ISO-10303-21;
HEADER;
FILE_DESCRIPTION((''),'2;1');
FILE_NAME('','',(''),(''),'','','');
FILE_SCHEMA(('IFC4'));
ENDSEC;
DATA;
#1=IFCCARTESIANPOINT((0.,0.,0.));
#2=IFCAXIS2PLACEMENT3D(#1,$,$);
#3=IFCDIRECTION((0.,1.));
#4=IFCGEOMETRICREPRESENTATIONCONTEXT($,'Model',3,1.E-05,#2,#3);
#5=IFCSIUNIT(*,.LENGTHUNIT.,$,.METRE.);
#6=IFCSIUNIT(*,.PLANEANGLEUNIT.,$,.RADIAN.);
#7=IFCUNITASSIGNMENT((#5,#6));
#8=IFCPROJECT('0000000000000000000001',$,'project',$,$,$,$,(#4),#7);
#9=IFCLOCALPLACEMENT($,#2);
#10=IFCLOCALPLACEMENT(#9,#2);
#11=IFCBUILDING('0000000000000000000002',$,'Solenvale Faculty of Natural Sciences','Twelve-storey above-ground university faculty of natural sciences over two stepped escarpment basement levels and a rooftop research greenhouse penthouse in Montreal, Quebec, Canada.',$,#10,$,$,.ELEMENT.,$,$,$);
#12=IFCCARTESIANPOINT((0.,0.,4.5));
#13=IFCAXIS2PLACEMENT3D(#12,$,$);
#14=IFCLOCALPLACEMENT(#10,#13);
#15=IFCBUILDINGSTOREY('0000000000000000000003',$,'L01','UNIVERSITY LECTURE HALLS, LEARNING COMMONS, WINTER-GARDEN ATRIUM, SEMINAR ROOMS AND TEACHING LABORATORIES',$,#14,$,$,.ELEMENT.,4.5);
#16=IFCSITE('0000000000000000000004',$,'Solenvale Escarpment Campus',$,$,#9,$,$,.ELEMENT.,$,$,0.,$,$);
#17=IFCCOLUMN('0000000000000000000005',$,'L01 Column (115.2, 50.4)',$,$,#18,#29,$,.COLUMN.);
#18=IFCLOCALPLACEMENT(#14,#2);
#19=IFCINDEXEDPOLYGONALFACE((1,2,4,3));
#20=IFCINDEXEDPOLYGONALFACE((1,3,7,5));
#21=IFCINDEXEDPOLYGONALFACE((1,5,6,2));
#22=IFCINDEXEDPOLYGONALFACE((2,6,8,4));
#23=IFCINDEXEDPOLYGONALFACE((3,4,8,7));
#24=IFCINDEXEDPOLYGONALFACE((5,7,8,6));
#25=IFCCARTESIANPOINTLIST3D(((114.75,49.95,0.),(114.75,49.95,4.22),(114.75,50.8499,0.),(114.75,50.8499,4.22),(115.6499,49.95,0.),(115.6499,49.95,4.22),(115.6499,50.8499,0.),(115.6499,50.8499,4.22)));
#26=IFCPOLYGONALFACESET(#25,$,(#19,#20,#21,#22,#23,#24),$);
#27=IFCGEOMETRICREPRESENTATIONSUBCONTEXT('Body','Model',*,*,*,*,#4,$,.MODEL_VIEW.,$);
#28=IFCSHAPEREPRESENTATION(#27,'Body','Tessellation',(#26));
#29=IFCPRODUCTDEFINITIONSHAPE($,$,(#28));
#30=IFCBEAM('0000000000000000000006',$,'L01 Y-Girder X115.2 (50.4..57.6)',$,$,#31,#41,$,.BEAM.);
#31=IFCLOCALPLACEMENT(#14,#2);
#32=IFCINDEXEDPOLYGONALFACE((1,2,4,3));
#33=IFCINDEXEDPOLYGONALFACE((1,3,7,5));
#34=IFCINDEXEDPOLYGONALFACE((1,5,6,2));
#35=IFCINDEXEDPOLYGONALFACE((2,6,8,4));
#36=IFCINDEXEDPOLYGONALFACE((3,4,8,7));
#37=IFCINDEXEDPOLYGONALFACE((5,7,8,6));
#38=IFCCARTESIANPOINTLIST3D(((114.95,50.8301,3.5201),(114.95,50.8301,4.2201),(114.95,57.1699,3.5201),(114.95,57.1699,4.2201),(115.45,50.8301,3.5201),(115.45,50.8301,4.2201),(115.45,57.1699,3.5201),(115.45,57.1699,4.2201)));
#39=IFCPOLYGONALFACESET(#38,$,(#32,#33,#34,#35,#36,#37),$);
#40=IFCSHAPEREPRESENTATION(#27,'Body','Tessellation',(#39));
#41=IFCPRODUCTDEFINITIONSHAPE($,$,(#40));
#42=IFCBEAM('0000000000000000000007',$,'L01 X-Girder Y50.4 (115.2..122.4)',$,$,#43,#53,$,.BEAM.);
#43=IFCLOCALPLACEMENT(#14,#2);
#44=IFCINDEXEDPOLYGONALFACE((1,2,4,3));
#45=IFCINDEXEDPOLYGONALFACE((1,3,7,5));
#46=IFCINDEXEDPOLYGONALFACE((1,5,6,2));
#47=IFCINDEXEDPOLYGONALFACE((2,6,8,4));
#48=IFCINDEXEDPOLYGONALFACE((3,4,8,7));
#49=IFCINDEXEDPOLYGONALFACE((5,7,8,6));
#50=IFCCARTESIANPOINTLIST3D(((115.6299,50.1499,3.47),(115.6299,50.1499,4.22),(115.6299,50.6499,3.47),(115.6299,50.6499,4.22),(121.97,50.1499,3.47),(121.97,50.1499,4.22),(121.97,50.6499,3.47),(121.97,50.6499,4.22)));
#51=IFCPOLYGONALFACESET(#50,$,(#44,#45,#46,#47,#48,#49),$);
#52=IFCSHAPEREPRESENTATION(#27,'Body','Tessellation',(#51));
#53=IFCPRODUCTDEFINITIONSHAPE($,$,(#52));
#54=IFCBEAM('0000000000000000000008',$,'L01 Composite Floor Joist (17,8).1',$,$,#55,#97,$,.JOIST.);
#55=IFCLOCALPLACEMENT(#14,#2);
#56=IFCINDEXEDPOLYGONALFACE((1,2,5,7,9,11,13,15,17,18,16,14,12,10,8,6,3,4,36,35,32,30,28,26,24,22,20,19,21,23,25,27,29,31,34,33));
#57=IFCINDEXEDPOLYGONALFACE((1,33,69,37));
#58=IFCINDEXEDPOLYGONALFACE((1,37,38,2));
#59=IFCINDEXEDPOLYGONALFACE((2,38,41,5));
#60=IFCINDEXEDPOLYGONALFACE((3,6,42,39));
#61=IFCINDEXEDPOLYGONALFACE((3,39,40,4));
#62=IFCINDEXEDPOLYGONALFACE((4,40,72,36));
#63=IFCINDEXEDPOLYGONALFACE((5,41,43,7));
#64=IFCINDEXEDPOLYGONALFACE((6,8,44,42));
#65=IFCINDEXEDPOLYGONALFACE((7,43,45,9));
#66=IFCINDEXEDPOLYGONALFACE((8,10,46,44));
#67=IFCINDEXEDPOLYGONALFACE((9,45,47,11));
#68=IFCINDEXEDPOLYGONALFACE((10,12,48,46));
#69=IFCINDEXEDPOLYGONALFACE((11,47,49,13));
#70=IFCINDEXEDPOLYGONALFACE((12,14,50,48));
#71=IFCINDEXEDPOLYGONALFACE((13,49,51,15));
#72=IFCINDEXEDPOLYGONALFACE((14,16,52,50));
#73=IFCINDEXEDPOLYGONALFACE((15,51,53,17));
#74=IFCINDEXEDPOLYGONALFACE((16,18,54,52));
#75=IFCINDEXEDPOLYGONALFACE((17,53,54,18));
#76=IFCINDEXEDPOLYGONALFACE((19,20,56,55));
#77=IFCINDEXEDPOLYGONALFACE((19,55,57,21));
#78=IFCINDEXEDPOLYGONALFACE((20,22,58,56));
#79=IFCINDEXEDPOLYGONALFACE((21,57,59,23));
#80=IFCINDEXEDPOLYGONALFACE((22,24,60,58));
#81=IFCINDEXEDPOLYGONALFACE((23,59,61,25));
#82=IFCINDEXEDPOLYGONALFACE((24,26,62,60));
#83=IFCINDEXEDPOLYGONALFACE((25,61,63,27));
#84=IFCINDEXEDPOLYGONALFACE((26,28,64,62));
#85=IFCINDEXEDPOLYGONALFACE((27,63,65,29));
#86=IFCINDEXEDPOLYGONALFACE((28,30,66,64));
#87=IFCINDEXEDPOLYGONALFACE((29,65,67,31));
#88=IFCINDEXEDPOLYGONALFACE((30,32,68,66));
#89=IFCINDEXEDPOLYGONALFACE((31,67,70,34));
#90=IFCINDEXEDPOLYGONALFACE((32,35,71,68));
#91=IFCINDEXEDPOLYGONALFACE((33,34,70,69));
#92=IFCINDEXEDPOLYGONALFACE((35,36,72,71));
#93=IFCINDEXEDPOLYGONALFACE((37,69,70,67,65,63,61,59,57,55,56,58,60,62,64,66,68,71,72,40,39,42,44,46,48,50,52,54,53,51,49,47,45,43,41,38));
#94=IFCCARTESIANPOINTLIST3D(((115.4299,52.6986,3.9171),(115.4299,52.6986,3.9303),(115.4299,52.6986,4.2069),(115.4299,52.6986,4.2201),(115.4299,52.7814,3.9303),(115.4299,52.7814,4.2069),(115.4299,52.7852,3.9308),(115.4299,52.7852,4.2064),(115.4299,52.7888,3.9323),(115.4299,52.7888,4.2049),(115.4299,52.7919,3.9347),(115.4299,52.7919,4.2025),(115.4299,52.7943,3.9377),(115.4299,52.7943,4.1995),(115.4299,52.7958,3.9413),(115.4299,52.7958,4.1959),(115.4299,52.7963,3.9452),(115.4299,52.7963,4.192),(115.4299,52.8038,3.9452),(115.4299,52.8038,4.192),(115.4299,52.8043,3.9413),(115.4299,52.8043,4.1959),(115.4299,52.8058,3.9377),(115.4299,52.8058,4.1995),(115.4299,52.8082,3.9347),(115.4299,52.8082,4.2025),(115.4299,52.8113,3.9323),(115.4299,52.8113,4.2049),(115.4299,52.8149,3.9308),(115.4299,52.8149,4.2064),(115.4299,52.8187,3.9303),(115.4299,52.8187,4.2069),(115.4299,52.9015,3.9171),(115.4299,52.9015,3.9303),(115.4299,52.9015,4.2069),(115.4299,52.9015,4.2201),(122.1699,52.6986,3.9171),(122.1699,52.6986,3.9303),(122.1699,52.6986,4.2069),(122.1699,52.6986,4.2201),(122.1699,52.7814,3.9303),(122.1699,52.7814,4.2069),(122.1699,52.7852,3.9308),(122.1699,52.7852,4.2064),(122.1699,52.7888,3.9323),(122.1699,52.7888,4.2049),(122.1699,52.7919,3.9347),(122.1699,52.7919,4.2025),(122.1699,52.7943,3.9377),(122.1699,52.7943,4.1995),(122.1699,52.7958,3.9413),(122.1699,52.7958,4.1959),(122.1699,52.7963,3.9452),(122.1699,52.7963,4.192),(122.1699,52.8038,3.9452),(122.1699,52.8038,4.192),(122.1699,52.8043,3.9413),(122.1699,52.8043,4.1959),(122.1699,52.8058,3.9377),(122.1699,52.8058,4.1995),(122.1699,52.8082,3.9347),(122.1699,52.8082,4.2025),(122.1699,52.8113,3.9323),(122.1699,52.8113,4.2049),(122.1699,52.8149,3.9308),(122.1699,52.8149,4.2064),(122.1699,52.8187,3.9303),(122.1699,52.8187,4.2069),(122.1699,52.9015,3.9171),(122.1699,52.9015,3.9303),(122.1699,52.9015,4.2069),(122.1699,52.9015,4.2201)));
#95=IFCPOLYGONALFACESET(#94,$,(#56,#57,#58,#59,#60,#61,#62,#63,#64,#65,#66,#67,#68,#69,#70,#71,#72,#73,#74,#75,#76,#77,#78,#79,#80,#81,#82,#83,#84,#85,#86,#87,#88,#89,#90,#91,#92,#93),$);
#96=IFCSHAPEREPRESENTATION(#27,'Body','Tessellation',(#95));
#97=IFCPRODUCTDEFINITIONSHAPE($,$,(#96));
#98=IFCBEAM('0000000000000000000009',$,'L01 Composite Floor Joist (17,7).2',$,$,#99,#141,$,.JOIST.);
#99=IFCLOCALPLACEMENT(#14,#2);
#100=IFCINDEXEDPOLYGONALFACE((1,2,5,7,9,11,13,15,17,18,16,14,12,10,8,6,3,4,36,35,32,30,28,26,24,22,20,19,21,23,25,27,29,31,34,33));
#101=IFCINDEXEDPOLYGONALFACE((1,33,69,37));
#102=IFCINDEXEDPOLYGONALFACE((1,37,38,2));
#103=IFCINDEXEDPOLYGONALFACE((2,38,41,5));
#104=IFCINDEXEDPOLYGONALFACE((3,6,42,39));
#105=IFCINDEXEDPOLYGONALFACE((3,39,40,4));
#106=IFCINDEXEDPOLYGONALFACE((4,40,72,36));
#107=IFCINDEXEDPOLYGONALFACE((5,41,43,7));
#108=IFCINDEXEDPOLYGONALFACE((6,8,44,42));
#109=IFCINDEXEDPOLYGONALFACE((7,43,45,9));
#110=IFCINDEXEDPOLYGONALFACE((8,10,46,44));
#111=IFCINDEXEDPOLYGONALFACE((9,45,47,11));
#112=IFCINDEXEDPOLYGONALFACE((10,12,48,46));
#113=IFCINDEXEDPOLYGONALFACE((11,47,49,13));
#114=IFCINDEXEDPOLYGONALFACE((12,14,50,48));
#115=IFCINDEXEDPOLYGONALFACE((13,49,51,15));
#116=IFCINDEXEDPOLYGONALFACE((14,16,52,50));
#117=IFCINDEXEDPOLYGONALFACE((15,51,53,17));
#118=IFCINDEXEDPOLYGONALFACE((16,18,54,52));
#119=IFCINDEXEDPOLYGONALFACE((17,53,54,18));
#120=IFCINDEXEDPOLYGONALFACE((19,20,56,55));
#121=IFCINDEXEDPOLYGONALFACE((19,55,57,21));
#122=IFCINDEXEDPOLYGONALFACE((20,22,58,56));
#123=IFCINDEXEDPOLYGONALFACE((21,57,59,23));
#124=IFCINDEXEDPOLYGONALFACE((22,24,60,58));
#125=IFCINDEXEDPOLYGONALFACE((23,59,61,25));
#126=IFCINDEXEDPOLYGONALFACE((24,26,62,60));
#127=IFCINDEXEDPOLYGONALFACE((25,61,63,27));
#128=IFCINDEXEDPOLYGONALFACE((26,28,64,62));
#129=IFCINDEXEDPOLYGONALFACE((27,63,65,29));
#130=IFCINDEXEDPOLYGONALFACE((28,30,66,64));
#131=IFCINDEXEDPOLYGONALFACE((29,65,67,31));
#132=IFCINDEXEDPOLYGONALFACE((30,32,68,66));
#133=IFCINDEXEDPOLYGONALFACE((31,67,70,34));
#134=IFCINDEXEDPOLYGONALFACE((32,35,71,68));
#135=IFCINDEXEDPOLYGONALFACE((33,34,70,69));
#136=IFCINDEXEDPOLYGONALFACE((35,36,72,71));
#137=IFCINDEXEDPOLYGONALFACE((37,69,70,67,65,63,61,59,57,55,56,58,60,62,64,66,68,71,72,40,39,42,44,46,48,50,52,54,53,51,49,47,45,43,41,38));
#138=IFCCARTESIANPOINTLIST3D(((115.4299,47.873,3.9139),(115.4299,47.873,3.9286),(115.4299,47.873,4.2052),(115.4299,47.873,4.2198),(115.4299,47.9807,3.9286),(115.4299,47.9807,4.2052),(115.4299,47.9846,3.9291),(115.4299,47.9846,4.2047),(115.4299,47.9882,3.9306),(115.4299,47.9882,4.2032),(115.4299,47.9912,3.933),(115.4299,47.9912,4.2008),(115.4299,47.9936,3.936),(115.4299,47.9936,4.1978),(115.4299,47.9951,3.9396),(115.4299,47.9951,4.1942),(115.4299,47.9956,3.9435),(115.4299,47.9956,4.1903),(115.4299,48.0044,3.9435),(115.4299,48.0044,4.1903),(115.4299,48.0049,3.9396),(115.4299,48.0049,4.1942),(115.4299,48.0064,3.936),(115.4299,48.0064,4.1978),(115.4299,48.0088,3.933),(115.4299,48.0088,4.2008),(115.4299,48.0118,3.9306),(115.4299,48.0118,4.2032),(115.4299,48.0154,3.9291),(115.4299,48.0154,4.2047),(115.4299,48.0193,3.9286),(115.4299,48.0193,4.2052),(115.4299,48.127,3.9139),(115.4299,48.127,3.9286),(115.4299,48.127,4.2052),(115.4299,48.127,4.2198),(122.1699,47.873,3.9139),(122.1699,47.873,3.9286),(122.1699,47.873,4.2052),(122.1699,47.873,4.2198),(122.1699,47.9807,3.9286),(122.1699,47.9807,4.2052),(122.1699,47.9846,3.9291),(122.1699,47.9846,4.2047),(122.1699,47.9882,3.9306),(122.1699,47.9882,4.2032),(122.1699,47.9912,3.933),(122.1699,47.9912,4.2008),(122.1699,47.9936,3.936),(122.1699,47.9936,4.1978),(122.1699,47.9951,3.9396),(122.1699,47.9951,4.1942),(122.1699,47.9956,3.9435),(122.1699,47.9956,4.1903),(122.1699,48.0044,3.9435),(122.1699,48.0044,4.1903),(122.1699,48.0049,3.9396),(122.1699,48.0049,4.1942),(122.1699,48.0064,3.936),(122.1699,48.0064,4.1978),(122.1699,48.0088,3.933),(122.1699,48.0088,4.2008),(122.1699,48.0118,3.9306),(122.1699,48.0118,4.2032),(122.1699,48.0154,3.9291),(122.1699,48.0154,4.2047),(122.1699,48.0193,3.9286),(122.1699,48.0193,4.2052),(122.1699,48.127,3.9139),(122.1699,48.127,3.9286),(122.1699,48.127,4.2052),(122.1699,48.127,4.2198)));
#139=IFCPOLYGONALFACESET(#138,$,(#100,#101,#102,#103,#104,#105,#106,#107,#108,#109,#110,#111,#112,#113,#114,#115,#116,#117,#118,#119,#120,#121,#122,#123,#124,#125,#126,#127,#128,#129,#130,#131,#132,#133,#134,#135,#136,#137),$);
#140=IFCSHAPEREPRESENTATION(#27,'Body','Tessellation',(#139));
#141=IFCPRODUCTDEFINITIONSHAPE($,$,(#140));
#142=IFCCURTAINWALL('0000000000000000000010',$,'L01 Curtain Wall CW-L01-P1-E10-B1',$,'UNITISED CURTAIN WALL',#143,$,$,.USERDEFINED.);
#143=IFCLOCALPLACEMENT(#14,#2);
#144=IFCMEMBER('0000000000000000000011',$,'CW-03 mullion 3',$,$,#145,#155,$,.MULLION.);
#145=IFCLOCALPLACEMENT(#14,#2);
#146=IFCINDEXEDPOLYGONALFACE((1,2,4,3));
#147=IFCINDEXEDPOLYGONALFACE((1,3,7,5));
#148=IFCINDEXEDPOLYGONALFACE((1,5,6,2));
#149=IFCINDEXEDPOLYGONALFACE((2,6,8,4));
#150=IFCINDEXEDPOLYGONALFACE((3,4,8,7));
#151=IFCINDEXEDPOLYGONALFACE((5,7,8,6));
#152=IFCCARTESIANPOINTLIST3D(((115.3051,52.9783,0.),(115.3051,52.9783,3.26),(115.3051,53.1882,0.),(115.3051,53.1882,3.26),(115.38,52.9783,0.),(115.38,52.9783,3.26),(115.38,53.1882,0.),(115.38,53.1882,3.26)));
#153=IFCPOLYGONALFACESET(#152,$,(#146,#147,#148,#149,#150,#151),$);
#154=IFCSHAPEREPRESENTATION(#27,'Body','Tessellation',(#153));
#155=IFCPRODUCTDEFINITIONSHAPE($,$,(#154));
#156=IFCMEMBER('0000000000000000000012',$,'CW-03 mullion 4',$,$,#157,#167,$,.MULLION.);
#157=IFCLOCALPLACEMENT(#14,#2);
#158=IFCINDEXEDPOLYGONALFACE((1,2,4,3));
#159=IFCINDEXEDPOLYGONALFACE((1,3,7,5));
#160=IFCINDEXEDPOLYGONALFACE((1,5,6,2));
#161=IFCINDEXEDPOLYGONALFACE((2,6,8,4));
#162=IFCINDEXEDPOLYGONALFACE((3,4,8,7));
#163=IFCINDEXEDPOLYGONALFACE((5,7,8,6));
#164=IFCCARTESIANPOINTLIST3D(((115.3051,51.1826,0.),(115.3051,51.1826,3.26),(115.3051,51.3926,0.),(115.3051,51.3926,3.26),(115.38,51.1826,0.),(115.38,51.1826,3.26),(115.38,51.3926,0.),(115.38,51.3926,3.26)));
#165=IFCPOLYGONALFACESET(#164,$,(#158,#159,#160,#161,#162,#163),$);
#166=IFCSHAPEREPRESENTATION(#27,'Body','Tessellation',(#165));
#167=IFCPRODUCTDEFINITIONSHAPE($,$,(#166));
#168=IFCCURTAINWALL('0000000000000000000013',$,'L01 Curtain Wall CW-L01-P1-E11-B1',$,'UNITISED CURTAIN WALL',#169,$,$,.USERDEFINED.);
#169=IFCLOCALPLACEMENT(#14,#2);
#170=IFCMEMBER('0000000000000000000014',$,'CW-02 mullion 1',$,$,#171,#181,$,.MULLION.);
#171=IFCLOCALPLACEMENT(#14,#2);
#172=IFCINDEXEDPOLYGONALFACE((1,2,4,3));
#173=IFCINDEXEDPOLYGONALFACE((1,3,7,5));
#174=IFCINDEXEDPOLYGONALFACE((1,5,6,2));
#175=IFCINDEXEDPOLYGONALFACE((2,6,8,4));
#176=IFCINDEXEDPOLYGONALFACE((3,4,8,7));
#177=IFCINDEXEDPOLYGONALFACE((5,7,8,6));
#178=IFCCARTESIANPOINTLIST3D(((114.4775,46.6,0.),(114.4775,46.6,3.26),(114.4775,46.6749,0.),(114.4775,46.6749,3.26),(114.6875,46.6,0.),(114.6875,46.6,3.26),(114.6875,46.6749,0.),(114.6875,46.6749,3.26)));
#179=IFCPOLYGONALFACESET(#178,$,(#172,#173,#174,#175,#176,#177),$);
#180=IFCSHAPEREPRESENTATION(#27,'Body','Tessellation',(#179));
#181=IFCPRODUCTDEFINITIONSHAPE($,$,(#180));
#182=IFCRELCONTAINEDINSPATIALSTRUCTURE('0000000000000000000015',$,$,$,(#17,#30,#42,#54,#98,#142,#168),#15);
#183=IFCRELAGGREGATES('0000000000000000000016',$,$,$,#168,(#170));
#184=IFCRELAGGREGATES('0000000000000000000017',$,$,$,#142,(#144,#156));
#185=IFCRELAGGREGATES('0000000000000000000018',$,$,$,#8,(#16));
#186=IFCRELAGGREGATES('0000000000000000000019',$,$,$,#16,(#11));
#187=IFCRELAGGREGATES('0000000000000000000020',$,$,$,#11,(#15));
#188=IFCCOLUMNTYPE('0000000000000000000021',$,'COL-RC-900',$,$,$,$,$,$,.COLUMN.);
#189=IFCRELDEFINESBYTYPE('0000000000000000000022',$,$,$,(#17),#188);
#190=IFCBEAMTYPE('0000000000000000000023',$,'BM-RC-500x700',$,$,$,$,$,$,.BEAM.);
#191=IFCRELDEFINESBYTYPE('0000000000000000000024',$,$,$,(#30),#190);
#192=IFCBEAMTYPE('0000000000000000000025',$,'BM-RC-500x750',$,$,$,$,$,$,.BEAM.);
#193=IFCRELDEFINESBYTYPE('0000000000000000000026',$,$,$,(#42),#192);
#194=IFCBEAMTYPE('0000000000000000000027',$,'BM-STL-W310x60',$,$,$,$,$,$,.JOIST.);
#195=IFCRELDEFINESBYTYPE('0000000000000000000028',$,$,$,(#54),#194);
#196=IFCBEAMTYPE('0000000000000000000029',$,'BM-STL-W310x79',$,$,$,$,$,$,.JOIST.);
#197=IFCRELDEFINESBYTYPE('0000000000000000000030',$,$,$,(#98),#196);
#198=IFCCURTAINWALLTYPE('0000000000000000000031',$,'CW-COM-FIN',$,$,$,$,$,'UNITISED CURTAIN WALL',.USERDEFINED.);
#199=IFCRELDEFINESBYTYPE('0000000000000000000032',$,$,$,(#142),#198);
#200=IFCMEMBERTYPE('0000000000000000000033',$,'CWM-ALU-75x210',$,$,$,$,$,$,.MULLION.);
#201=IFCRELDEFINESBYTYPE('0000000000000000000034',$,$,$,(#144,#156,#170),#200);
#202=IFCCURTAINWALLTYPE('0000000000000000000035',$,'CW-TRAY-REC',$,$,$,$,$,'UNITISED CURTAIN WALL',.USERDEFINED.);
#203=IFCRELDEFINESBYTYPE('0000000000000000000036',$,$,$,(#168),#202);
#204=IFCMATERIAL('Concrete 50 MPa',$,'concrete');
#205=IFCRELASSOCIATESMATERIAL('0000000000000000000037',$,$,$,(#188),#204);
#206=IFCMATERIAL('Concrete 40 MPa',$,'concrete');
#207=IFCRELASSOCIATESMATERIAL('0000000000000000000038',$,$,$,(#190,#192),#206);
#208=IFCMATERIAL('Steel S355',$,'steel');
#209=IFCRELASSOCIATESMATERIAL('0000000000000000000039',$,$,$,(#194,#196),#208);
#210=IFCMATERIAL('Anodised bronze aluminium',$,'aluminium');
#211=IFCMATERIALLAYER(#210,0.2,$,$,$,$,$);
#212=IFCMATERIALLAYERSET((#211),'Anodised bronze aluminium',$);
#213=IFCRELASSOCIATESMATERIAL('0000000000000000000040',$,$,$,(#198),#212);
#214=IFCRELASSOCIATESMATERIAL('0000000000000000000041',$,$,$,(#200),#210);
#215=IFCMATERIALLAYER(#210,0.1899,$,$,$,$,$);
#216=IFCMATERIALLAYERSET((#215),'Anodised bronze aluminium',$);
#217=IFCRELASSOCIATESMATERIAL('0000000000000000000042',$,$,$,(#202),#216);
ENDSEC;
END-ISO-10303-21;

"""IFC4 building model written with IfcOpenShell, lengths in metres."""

from ifc_helpers import new_model, si_unit, direction, frame, origin, origin_2d, place, context, subcontext, project, spatial, rectangle, i_section, extrude, material, layer, layer_set, material_profile, profile_set, type_object, element, aggregate, save


model = new_model("IFC4")

# Units and contexts
model_context = context("Model", 3, precision=1e-05, world=origin(), true_north=direction((0.0, 1.0)))
body_context = subcontext(model_context, "Body", "Model", "MODEL_VIEW")
ifc_project = project(units=[si_unit("LENGTHUNIT", "METRE"), si_unit("PLANEANGLEUNIT", "RADIAN")], contexts=[model_context])

# Site, building, storey
site_placement = place(None, origin())
site = spatial("IfcSite", under=ifc_project, at=site_placement, Name="Solenvale Escarpment Campus", CompositionType="ELEMENT", RefElevation=0.0)
building_placement = place(site_placement, origin())
building = spatial("IfcBuilding", under=site, at=building_placement, Name="Solenvale Faculty of Natural Sciences", Description="Twelve-storey above-ground university faculty of natural sciences over two stepped escarpment basement levels and a rooftop research greenhouse penthouse in Montreal, Quebec, Canada.", CompositionType="ELEMENT")
storey_placement = place(building_placement, frame((0.0, 0.0, 4.5)))
storey = spatial("IfcBuildingStorey", under=building, at=storey_placement, Name="L01", Description="UNIVERSITY LECTURE HALLS, LEARNING COMMONS, WINTER-GARDEN ATRIUM, SEMINAR ROOMS AND TEACHING LABORATORIES", CompositionType="ELEMENT", Elevation=4.5)

# Column
ifc_material_1 = material(Name="Concrete 50 MPa", Category="concrete")
ifc_material_profile_1 = material_profile(ifc_material_1, rectangle(XDim=0.8999, YDim=0.8999, at=origin_2d()), Name="RC-COL-900x900")
ifc_profile_set_1 = profile_set([ifc_material_profile_1], Name="Concrete 50 MPa")
column_type = type_object("IfcColumnType", Name="COL-RC-900", PredefinedType="COLUMN", material=ifc_profile_set_1)
column_placement = place(storey_placement, frame((115.2, 50.3999, 0.0), z_axis=(0.0, 0.0, 1.0), x_axis=(1.0, 0.0, 0.0)))
element("IfcColumn", 1, at=column_placement, inside=storey, type_object=column_type, Name="L01 Column (115.2, 50.4)", PredefinedType="COLUMN", context=body_context, shape_type="SweptSolid", body=[
    extrude(rectangle(XDim=0.8999, YDim=0.8999, at=origin_2d()), origin(), (0.0, 0.0, 1.0), 4.22),
])

# Beams
ifc_material_2 = material(Name="Concrete 40 MPa", Category="concrete")
ifc_material_profile_2 = material_profile(ifc_material_2, rectangle(XDim=0.5, YDim=0.7, at=origin_2d()), Name="RC-BM-500x700")
ifc_profile_set_2 = profile_set([ifc_material_profile_2], Name="Concrete 40 MPa")
beam_type_1 = type_object("IfcBeamType", Name="BM-RC-500x700", PredefinedType="BEAM", material=ifc_profile_set_2)
beam_1_placement = place(storey_placement, frame((115.2, 50.8301, 3.8701), z_axis=(0.0, 1.0, 0.0), x_axis=(-1.0, 0.0, 0.0)))
element("IfcBeam", 2, at=beam_1_placement, inside=storey, type_object=beam_type_1, Name="L01 Y-Girder X115.2 (50.4..57.6)", PredefinedType="BEAM", context=body_context, shape_type="SweptSolid", body=[
    extrude(rectangle(XDim=0.5, YDim=0.7, at=origin_2d()), origin(), (0.0, 0.0, 1.0), 6.3398),
])
ifc_material_profile_3 = material_profile(ifc_material_2, rectangle(XDim=0.5, YDim=0.75, at=origin_2d()), Name="RC-BM-500x750")
ifc_profile_set_3 = profile_set([ifc_material_profile_3], Name="Concrete 40 MPa")
beam_type_2 = type_object("IfcBeamType", Name="BM-RC-500x750", PredefinedType="BEAM", material=ifc_profile_set_3)
beam_2_placement = place(storey_placement, frame((115.6299, 50.3999, 3.845), z_axis=(1.0, 0.0, 0.0), x_axis=(0.0, 1.0, 0.0)))
element("IfcBeam", 3, at=beam_2_placement, inside=storey, type_object=beam_type_2, Name="L01 X-Girder Y50.4 (115.2..122.4)", PredefinedType="BEAM", context=body_context, shape_type="SweptSolid", body=[
    extrude(rectangle(XDim=0.5, YDim=0.75, at=origin_2d()), origin(), (0.0, 0.0, 1.0), 6.3401),
])
ifc_material_3 = material(Name="Steel S355", Category="steel")
ifc_material_profile_4 = material_profile(ifc_material_3, i_section(OverallWidth=0.2029, OverallDepth=0.303, WebThickness=0.0076, FlangeThickness=0.0132, FilletRadius=0.0149, at=origin_2d()), Name="W310x60")
ifc_profile_set_4 = profile_set([ifc_material_profile_4], Name="Steel S355")
beam_type_3 = type_object("IfcBeamType", Name="BM-STL-W310x60", PredefinedType="JOIST", material=ifc_profile_set_4)
beam_3_placement = place(storey_placement, frame((115.4299, 52.8, 4.0686), z_axis=(1.0, 0.0, 0.0), x_axis=(0.0, 1.0, 0.0)))
element("IfcBeam", 4, at=beam_3_placement, inside=storey, type_object=beam_type_3, Name="L01 Composite Floor Joist (17,8).1", PredefinedType="JOIST", context=body_context, shape_type="SweptSolid", body=[
    extrude(i_section(OverallWidth=0.2029, OverallDepth=0.303, WebThickness=0.0076, FlangeThickness=0.0132, FilletRadius=0.0149, at=origin_2d()), origin(), (0.0, 0.0, 1.0), 6.74),
])
ifc_material_profile_5 = material_profile(ifc_material_3, i_section(OverallWidth=0.2539, OverallDepth=0.3059, WebThickness=0.0088, FlangeThickness=0.0146, FilletRadius=0.0149, at=origin_2d()), Name="W310x79")
ifc_profile_set_5 = profile_set([ifc_material_profile_5], Name="Steel S355")
beam_type_4 = type_object("IfcBeamType", Name="BM-STL-W310x79", PredefinedType="JOIST", material=ifc_profile_set_5)
beam_4_placement = place(storey_placement, frame((115.4299, 48.0, 4.0669), z_axis=(1.0, 0.0, 0.0), x_axis=(0.0, 1.0, 0.0)))
element("IfcBeam", 5, at=beam_4_placement, inside=storey, type_object=beam_type_4, Name="L01 Composite Floor Joist (17,7).2", PredefinedType="JOIST", context=body_context, shape_type="SweptSolid", body=[
    extrude(i_section(OverallWidth=0.2539, OverallDepth=0.3059, WebThickness=0.0088, FlangeThickness=0.0146, FilletRadius=0.0149, at=origin_2d()), origin(), (0.0, 0.0, 1.0), 6.74),
])

# Curtain wall, members
ifc_material_4 = material(Name="Anodised bronze aluminium", Category="aluminium")
ifc_layer_1 = layer(ifc_material_4, 0.2)
ifc_layer_set_1 = layer_set([ifc_layer_1], Name="Anodised bronze aluminium")
curtain_wall_type_1 = type_object("IfcCurtainWallType", Name="CW-COM-FIN", ElementType="UNITISED CURTAIN WALL", PredefinedType="USERDEFINED", material=ifc_layer_set_1)
curtain_wall_1_placement = place(storey_placement, origin())
curtain_wall_1 = element("IfcCurtainWall", 6, at=curtain_wall_1_placement, inside=storey, type_object=curtain_wall_type_1, Name="L01 Curtain Wall CW-L01-P1-E10-B1", ObjectType="UNITISED CURTAIN WALL", PredefinedType="USERDEFINED")
ifc_material_profile_6 = material_profile(ifc_material_4, rectangle(XDim=0.075, YDim=0.21, at=origin_2d()), Name="ALU-MUL-75x210")
ifc_profile_set_6 = profile_set([ifc_material_profile_6], Name="Anodised bronze aluminium")
member_type_1 = type_object("IfcMemberType", Name="CWM-ALU-75x210", PredefinedType="MULLION", material=ifc_profile_set_6)
member_1_placement = place(storey_placement, frame((115.3425, 53.0833, 0.0), z_axis=(0.0, 0.0, 1.0), x_axis=(1.0, 0.0, 0.0)))
member_1 = element("IfcMember", 7, at=member_1_placement, type_object=member_type_1, Name="CW-03 mullion 3", PredefinedType="MULLION", context=body_context, shape_type="SweptSolid", body=[
    extrude(rectangle(XDim=0.075, YDim=0.21, at=origin_2d()), origin(), (0.0, 0.0, 1.0), 3.26),
])
member_2_placement = place(storey_placement, frame((115.3425, 51.2876, 0.0), z_axis=(0.0, 0.0, 1.0), x_axis=(1.0, 0.0, 0.0)))
member_2 = element("IfcMember", 8, at=member_2_placement, type_object=member_type_1, Name="CW-03 mullion 4", PredefinedType="MULLION", context=body_context, shape_type="SweptSolid", body=[
    extrude(rectangle(XDim=0.075, YDim=0.21, at=origin_2d()), origin(), (0.0, 0.0, 1.0), 3.26),
])

# Curtain wall, member
ifc_layer_2 = layer(ifc_material_4, 0.1899)
ifc_layer_set_2 = layer_set([ifc_layer_2], Name="Anodised bronze aluminium")
curtain_wall_type_2 = type_object("IfcCurtainWallType", Name="CW-TRAY-REC", ElementType="UNITISED CURTAIN WALL", PredefinedType="USERDEFINED", material=ifc_layer_set_2)
curtain_wall_2_placement = place(storey_placement, origin())
curtain_wall_2 = element("IfcCurtainWall", 9, at=curtain_wall_2_placement, inside=storey, type_object=curtain_wall_type_2, Name="L01 Curtain Wall CW-L01-P1-E11-B1", ObjectType="UNITISED CURTAIN WALL", PredefinedType="USERDEFINED")
member_3_placement = place(storey_placement, frame((114.5825, 46.6375, 0.0), z_axis=(0.0, 0.0, 1.0), x_axis=(0.0, -1.0, 0.0)))
member_3 = element("IfcMember", 10, at=member_3_placement, type_object=member_type_1, Name="CW-02 mullion 1", PredefinedType="MULLION", context=body_context, shape_type="SweptSolid", body=[
    extrude(rectangle(XDim=0.075, YDim=0.21, at=origin_2d()), origin(), (0.0, 0.0, 1.0), 3.26),
])

aggregate(curtain_wall_2, [member_3])

aggregate(curtain_wall_1, [member_1, member_2])

save(model, "model.ifc")
